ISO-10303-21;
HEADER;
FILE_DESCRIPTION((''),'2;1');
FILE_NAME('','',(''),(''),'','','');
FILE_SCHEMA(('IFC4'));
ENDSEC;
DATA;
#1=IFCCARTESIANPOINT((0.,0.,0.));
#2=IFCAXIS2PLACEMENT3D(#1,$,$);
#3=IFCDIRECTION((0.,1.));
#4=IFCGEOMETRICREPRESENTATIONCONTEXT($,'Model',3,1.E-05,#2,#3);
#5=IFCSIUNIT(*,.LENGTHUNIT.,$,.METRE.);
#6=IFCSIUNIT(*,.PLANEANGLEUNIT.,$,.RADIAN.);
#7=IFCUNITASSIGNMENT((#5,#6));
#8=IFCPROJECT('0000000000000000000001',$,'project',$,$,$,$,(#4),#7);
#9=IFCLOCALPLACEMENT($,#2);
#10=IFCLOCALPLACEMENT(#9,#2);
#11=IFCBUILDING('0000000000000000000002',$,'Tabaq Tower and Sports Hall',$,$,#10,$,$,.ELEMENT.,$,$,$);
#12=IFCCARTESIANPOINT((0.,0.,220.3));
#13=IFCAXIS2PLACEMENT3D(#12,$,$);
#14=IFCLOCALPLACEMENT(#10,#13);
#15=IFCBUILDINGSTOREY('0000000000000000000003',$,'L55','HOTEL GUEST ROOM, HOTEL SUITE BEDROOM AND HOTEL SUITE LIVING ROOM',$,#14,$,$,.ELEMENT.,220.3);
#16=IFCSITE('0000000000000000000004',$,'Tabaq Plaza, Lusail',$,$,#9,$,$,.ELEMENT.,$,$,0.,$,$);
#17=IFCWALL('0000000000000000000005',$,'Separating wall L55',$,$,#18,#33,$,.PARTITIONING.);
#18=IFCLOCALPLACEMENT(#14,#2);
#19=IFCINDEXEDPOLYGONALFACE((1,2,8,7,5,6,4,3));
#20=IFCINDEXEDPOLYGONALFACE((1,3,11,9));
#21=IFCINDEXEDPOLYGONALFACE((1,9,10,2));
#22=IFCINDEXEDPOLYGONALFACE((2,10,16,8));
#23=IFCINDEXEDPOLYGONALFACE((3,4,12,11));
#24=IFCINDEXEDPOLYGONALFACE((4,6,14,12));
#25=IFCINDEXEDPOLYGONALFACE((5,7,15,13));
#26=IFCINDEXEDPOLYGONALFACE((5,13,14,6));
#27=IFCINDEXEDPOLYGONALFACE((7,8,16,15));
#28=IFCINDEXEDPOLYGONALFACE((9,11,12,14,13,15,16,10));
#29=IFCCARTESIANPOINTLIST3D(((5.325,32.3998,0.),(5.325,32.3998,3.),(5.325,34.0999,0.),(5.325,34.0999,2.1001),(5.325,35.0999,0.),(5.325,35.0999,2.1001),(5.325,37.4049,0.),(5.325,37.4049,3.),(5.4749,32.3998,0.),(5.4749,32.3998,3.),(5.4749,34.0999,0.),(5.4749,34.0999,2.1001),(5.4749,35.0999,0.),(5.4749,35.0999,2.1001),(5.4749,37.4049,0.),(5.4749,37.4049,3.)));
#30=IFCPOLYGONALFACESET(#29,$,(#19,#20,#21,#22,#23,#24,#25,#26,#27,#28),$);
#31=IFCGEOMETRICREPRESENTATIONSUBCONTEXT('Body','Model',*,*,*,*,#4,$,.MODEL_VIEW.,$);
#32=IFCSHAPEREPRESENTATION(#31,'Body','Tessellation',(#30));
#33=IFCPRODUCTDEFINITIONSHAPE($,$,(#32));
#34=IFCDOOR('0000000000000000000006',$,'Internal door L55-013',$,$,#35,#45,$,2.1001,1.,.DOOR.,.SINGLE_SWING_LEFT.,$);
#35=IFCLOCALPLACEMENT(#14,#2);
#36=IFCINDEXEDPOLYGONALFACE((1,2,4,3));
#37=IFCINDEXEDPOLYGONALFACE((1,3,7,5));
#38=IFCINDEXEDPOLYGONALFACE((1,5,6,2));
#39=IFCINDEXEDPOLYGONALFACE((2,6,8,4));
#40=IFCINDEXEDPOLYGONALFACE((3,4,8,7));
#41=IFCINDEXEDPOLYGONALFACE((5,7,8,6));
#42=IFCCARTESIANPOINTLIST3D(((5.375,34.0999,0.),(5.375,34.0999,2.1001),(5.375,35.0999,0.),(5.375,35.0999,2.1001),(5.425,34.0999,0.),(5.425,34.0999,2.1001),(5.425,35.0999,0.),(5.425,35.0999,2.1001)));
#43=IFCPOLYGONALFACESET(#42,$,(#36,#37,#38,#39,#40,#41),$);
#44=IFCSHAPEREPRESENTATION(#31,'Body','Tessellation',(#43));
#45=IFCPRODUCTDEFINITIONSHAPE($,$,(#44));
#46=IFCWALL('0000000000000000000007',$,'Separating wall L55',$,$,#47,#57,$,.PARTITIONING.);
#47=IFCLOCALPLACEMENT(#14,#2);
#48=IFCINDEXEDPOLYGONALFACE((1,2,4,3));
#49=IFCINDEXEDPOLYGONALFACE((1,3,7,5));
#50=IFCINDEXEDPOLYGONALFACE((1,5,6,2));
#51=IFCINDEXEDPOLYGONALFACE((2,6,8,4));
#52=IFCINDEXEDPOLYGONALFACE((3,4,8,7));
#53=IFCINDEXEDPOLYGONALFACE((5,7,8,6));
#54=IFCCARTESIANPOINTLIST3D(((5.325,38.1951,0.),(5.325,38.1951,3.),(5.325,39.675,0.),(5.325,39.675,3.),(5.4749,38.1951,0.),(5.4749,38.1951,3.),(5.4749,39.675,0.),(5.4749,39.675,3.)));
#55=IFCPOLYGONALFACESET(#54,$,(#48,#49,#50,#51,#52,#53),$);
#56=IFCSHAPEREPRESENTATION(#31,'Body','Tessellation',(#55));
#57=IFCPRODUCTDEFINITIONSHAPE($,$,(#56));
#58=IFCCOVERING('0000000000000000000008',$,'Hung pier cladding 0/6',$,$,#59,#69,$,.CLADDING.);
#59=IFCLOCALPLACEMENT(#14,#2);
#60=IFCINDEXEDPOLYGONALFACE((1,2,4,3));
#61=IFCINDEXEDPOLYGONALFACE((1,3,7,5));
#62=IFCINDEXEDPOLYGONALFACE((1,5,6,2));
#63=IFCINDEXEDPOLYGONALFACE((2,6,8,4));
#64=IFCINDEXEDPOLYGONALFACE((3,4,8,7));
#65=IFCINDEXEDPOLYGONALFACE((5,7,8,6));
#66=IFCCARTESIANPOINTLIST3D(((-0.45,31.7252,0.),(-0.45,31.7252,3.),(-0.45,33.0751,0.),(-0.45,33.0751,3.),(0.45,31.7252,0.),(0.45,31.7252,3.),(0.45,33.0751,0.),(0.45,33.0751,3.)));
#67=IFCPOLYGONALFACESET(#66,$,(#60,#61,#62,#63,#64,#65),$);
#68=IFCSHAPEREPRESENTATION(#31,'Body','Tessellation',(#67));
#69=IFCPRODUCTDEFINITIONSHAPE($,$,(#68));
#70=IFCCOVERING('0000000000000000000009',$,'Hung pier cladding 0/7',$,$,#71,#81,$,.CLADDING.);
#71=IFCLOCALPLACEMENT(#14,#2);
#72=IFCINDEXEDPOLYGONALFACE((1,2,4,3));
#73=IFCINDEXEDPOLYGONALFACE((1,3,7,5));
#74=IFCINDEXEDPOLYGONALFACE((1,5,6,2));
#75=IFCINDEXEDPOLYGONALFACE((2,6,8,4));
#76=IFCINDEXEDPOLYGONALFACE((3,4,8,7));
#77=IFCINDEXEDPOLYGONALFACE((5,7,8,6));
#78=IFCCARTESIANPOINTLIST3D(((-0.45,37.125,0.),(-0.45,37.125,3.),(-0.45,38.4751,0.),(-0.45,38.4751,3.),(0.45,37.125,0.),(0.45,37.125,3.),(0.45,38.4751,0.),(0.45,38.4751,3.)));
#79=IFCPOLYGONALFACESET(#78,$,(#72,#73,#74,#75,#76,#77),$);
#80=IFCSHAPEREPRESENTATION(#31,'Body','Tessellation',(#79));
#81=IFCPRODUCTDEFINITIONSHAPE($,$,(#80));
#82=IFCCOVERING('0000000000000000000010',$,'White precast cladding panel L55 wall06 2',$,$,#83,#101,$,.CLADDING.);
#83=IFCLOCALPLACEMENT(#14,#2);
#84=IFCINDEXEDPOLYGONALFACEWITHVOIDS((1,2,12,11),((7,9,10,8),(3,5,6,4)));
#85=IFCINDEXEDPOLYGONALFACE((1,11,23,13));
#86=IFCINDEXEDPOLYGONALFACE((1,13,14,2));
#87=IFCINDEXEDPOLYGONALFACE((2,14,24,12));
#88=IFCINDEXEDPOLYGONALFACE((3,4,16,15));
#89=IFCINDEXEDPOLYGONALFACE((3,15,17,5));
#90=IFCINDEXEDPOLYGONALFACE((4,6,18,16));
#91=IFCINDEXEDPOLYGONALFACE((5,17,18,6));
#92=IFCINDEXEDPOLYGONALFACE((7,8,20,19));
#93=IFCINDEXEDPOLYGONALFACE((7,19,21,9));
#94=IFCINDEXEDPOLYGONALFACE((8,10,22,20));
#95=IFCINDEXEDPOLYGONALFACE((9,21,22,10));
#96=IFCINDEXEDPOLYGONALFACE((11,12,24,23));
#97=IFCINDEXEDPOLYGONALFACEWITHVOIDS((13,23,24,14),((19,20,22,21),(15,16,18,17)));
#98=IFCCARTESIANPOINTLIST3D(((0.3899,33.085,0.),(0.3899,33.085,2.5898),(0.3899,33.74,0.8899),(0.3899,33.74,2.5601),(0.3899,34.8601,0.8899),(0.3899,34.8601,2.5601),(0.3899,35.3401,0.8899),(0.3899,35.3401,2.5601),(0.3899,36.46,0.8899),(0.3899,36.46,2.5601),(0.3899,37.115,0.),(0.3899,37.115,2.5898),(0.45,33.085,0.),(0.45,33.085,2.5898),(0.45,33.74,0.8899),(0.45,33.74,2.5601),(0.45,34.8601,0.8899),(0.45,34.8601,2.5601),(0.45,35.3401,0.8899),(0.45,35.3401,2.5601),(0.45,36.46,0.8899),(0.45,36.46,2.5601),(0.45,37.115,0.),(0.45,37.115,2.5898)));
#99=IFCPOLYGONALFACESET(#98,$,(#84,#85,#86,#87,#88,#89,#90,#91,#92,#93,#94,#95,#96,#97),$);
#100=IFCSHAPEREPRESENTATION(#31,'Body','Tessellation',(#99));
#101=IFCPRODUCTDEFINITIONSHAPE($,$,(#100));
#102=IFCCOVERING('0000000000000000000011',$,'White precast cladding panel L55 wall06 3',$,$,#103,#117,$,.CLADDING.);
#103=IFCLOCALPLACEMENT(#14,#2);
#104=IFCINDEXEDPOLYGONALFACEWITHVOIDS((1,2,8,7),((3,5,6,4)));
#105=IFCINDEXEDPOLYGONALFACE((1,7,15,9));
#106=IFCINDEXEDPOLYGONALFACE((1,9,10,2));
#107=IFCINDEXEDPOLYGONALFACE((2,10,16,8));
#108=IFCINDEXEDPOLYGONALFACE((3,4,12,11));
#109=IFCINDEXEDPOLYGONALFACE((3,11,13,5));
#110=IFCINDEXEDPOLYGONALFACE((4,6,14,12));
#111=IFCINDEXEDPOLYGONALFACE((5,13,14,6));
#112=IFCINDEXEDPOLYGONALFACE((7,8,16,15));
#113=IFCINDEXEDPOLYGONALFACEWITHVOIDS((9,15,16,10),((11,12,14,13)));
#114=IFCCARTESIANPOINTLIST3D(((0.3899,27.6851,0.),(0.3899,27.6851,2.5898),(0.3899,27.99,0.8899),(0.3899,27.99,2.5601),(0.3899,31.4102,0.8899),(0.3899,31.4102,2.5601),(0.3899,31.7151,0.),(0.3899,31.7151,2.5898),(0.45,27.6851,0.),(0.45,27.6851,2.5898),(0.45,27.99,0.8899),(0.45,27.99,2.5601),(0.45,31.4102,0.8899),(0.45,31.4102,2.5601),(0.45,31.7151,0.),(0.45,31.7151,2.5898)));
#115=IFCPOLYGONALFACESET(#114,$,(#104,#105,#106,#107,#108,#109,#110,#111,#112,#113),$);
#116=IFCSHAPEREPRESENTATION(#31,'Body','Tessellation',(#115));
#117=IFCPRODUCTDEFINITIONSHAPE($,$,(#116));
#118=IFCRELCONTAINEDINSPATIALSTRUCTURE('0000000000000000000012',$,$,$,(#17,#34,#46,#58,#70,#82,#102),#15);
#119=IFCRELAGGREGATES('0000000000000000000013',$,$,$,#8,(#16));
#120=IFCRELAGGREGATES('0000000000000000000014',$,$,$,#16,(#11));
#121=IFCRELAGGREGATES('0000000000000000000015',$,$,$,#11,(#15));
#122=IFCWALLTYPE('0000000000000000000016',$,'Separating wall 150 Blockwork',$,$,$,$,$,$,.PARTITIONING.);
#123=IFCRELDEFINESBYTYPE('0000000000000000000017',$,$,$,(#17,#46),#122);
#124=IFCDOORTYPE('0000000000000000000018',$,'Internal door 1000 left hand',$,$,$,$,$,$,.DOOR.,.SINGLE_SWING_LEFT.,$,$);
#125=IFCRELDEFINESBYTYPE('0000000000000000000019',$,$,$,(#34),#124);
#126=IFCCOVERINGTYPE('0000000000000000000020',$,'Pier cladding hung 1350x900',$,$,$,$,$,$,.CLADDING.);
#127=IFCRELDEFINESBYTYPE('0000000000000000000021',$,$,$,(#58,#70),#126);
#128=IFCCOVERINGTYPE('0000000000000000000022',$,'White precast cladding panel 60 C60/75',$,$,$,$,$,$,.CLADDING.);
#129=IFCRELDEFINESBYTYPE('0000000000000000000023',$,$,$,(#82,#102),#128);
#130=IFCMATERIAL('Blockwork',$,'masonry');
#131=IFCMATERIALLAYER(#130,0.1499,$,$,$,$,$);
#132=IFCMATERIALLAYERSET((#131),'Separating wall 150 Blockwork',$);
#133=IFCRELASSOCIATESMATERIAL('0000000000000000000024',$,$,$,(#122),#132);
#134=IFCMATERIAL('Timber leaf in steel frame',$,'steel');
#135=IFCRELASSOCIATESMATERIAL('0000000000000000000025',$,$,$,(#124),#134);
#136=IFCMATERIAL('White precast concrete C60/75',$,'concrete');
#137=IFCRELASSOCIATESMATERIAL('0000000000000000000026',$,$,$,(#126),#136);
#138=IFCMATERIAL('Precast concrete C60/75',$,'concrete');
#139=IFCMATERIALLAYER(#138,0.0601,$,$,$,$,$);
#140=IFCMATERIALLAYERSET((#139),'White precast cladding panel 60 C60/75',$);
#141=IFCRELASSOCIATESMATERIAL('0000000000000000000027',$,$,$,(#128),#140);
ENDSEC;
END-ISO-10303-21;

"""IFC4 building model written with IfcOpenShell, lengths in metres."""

from ifc_helpers import new_model, si_unit, direction, frame, frame_2d, origin, place, context, subcontext, project, spatial, polyline, rectangle, outline, extrude, material, layer, layer_set, type_object, element, fill, save


model = new_model("IFC4")

# Units and contexts
model_context = context("Model", 3, precision=1e-05, world=origin(), true_north=direction((0.0, 1.0)))
body_context = subcontext(model_context, "Body", "Model", "MODEL_VIEW")
ifc_project = project(units=[si_unit("LENGTHUNIT", "METRE"), si_unit("PLANEANGLEUNIT", "RADIAN")], contexts=[model_context])

# Site, building, storey
site_placement = place(None, origin())
site = spatial("IfcSite", under=ifc_project, at=site_placement, Name="Tabaq Plaza, Lusail", CompositionType="ELEMENT", RefElevation=0.0)
building_placement = place(site_placement, origin())
building = spatial("IfcBuilding", under=site, at=building_placement, Name="Tabaq Tower and Sports Hall", CompositionType="ELEMENT")
storey_placement = place(building_placement, frame((0.0, 0.0, 220.3)))
storey = spatial("IfcBuildingStorey", under=building, at=storey_placement, Name="L55", Description="HOTEL GUEST ROOM, HOTEL SUITE BEDROOM AND HOTEL SUITE LIVING ROOM", CompositionType="ELEMENT", Elevation=220.3)

# Shared definitions
ifc_material_1 = material(Name="Blockwork", Category="masonry")
ifc_layer_1 = layer(ifc_material_1, 0.1499)
ifc_layer_set_1 = layer_set([ifc_layer_1], Name="Separating wall 150 Blockwork")
wall_type_1 = type_object("IfcWallType", Name="Separating wall 150 Blockwork", PredefinedType="PARTITIONING", material=ifc_layer_set_1)

# Wall, opening, door
wall_1_placement = place(storey_placement, frame((5.3999, 32.3999, 0.0), z_axis=(0.0, 0.0, 1.0), x_axis=(0.0, 1.0, 0.0)))
wall_1 = element("IfcWall", 1, at=wall_1_placement, inside=storey, type_object=wall_type_1, Name="Separating wall L55", PredefinedType="PARTITIONING", context=body_context, shape_type="SweptSolid", body=[
    extrude(rectangle(XDim=5.0051, YDim=0.1499, at=frame_2d((2.5024, 0.0))), origin(), (0.0, 0.0, 1.0), 3.0),
])
opening_1_placement = place(wall_1_placement, frame((1.7, 0.0, 0.0)))
opening_1 = element("IfcOpeningElement", 2, at=opening_1_placement, cuts=wall_1, PredefinedType="OPENING", context=body_context, shape_type="SweptSolid", body=[
    extrude(rectangle(XDim=1.0, YDim=2.1001, at=frame_2d((0.5, 1.05))), frame((0.0, 0.075, 0.0), z_axis=(0.0, -1.0, 0.0), x_axis=(1.0, 0.0, 0.0)), (0.0, 0.0, 1.0), 0.1499),
])
ifc_material_2 = material(Name="Timber leaf in steel frame", Category="steel")
door_type_1 = type_object("IfcDoorType", Name="Internal door 1000 left hand", OperationType="SINGLE_SWING_LEFT", PredefinedType="DOOR", material=ifc_material_2)
door_1_placement = place(opening_1_placement, origin())
door_1 = element("IfcDoor", 3, at=door_1_placement, inside=storey, type_object=door_type_1, Name="Internal door L55-013", OperationType="SINGLE_SWING_LEFT", OverallHeight=2.1001, OverallWidth=1.0, PredefinedType="DOOR", context=body_context, shape_type="SweptSolid", body=[
    extrude(rectangle(XDim=1.0, YDim=2.1001, at=frame_2d((0.5, 1.05))), frame((0.0, 0.0249, 0.0), z_axis=(0.0, -1.0, 0.0), x_axis=(1.0, 0.0, 0.0)), (0.0, 0.0, 1.0), 0.05),
])
fill(opening_1, door_1)

# Wall
wall_2_placement = place(storey_placement, frame((5.3999, 38.1951, 0.0), z_axis=(0.0, 0.0, 1.0), x_axis=(0.0, 1.0, 0.0)))
element("IfcWall", 4, at=wall_2_placement, inside=storey, type_object=wall_type_1, Name="Separating wall L55", PredefinedType="PARTITIONING", context=body_context, shape_type="SweptSolid", body=[
    extrude(rectangle(XDim=1.48, YDim=0.1499, at=frame_2d((0.74, 0.0))), origin(), (0.0, 0.0, 1.0), 3.0),
])

# Coverings
ifc_material_3 = material(Name="White precast concrete C60/75", Category="concrete")
covering_type_1 = type_object("IfcCoveringType", Name="Pier cladding hung 1350x900", PredefinedType="CLADDING", material=ifc_material_3)
covering_1_placement = place(storey_placement, frame((0.0, 33.075, 0.0), z_axis=(0.0, 0.0, 1.0), x_axis=(0.0, -1.0, 0.0)))
element("IfcCovering", 5, at=covering_1_placement, inside=storey, type_object=covering_type_1, Name="Hung pier cladding 0/6", PredefinedType="CLADDING", context=body_context, shape_type="SweptSolid", body=[
    extrude(rectangle(XDim=1.3499, YDim=0.8999, at=frame_2d((0.6748, 0.0))), origin(), (0.0, 0.0, 1.0), 3.0),
])
covering_2_placement = place(storey_placement, frame((0.0, 38.4751, 0.0), z_axis=(0.0, 0.0, 1.0), x_axis=(0.0, -1.0, 0.0)))
element("IfcCovering", 6, at=covering_2_placement, inside=storey, type_object=covering_type_1, Name="Hung pier cladding 0/7", PredefinedType="CLADDING", context=body_context, shape_type="SweptSolid", body=[
    extrude(rectangle(XDim=1.3501, YDim=0.8999, at=frame_2d((0.675, 0.0))), origin(), (0.0, 0.0, 1.0), 3.0),
])
ifc_material_4 = material(Name="Precast concrete C60/75", Category="concrete")
ifc_layer_2 = layer(ifc_material_4, 0.0601)
ifc_layer_set_2 = layer_set([ifc_layer_2], Name="White precast cladding panel 60 C60/75")
covering_type_2 = type_object("IfcCoveringType", Name="White precast cladding panel 60 C60/75", PredefinedType="CLADDING", material=ifc_layer_set_2)
covering_3_placement = place(storey_placement, frame((0.4199, 37.115, 0.0), z_axis=(0.0, 0.0, 1.0), x_axis=(0.0, -1.0, 0.0)))
element("IfcCovering", 7, at=covering_3_placement, inside=storey, type_object=covering_type_2, Name="White precast cladding panel L55 wall06 2", PredefinedType="CLADDING", context=body_context, shape_type="SweptSolid", body=[
    extrude(outline(polyline([(0.0, 0.0), (4.03, 0.0), (4.03, 2.5898), (0.0, 2.5898), (0.0, 0.0)]), holes=[polyline([(0.655, 0.8899), (0.655, 2.5601), (1.7749, 2.5601), (1.7749, 0.8899), (0.655, 0.8899)]), polyline([(2.2549, 0.8899), (2.2549, 2.5601), (3.375, 2.5601), (3.375, 0.8899), (2.2549, 0.8899)])]), frame((0.0, 0.03, 0.0), z_axis=(0.0, -1.0, 0.0), x_axis=(1.0, 0.0, 0.0)), (0.0, 0.0, 1.0), 0.0601),
])
covering_4_placement = place(storey_placement, frame((0.4199, 31.7151, 0.0), z_axis=(0.0, 0.0, 1.0), x_axis=(0.0, -1.0, 0.0)))
element("IfcCovering", 8, at=covering_4_placement, inside=storey, type_object=covering_type_2, Name="White precast cladding panel L55 wall06 3", PredefinedType="CLADDING", context=body_context, shape_type="SweptSolid", body=[
    extrude(outline(polyline([(0.0, 0.0), (4.03, 0.0), (4.03, 2.5898), (0.0, 2.5898), (0.0, 0.0)]), holes=[polyline([(3.7251, 0.8899), (0.3049, 0.8899), (0.3049, 2.5601), (3.7251, 2.5601), (3.7251, 0.8899)])]), frame((0.0, 0.03, 0.0), z_axis=(0.0, -1.0, 0.0), x_axis=(1.0, 0.0, 0.0)), (0.0, 0.0, 1.0), 0.0601),
])

save(model, "model.ifc")
